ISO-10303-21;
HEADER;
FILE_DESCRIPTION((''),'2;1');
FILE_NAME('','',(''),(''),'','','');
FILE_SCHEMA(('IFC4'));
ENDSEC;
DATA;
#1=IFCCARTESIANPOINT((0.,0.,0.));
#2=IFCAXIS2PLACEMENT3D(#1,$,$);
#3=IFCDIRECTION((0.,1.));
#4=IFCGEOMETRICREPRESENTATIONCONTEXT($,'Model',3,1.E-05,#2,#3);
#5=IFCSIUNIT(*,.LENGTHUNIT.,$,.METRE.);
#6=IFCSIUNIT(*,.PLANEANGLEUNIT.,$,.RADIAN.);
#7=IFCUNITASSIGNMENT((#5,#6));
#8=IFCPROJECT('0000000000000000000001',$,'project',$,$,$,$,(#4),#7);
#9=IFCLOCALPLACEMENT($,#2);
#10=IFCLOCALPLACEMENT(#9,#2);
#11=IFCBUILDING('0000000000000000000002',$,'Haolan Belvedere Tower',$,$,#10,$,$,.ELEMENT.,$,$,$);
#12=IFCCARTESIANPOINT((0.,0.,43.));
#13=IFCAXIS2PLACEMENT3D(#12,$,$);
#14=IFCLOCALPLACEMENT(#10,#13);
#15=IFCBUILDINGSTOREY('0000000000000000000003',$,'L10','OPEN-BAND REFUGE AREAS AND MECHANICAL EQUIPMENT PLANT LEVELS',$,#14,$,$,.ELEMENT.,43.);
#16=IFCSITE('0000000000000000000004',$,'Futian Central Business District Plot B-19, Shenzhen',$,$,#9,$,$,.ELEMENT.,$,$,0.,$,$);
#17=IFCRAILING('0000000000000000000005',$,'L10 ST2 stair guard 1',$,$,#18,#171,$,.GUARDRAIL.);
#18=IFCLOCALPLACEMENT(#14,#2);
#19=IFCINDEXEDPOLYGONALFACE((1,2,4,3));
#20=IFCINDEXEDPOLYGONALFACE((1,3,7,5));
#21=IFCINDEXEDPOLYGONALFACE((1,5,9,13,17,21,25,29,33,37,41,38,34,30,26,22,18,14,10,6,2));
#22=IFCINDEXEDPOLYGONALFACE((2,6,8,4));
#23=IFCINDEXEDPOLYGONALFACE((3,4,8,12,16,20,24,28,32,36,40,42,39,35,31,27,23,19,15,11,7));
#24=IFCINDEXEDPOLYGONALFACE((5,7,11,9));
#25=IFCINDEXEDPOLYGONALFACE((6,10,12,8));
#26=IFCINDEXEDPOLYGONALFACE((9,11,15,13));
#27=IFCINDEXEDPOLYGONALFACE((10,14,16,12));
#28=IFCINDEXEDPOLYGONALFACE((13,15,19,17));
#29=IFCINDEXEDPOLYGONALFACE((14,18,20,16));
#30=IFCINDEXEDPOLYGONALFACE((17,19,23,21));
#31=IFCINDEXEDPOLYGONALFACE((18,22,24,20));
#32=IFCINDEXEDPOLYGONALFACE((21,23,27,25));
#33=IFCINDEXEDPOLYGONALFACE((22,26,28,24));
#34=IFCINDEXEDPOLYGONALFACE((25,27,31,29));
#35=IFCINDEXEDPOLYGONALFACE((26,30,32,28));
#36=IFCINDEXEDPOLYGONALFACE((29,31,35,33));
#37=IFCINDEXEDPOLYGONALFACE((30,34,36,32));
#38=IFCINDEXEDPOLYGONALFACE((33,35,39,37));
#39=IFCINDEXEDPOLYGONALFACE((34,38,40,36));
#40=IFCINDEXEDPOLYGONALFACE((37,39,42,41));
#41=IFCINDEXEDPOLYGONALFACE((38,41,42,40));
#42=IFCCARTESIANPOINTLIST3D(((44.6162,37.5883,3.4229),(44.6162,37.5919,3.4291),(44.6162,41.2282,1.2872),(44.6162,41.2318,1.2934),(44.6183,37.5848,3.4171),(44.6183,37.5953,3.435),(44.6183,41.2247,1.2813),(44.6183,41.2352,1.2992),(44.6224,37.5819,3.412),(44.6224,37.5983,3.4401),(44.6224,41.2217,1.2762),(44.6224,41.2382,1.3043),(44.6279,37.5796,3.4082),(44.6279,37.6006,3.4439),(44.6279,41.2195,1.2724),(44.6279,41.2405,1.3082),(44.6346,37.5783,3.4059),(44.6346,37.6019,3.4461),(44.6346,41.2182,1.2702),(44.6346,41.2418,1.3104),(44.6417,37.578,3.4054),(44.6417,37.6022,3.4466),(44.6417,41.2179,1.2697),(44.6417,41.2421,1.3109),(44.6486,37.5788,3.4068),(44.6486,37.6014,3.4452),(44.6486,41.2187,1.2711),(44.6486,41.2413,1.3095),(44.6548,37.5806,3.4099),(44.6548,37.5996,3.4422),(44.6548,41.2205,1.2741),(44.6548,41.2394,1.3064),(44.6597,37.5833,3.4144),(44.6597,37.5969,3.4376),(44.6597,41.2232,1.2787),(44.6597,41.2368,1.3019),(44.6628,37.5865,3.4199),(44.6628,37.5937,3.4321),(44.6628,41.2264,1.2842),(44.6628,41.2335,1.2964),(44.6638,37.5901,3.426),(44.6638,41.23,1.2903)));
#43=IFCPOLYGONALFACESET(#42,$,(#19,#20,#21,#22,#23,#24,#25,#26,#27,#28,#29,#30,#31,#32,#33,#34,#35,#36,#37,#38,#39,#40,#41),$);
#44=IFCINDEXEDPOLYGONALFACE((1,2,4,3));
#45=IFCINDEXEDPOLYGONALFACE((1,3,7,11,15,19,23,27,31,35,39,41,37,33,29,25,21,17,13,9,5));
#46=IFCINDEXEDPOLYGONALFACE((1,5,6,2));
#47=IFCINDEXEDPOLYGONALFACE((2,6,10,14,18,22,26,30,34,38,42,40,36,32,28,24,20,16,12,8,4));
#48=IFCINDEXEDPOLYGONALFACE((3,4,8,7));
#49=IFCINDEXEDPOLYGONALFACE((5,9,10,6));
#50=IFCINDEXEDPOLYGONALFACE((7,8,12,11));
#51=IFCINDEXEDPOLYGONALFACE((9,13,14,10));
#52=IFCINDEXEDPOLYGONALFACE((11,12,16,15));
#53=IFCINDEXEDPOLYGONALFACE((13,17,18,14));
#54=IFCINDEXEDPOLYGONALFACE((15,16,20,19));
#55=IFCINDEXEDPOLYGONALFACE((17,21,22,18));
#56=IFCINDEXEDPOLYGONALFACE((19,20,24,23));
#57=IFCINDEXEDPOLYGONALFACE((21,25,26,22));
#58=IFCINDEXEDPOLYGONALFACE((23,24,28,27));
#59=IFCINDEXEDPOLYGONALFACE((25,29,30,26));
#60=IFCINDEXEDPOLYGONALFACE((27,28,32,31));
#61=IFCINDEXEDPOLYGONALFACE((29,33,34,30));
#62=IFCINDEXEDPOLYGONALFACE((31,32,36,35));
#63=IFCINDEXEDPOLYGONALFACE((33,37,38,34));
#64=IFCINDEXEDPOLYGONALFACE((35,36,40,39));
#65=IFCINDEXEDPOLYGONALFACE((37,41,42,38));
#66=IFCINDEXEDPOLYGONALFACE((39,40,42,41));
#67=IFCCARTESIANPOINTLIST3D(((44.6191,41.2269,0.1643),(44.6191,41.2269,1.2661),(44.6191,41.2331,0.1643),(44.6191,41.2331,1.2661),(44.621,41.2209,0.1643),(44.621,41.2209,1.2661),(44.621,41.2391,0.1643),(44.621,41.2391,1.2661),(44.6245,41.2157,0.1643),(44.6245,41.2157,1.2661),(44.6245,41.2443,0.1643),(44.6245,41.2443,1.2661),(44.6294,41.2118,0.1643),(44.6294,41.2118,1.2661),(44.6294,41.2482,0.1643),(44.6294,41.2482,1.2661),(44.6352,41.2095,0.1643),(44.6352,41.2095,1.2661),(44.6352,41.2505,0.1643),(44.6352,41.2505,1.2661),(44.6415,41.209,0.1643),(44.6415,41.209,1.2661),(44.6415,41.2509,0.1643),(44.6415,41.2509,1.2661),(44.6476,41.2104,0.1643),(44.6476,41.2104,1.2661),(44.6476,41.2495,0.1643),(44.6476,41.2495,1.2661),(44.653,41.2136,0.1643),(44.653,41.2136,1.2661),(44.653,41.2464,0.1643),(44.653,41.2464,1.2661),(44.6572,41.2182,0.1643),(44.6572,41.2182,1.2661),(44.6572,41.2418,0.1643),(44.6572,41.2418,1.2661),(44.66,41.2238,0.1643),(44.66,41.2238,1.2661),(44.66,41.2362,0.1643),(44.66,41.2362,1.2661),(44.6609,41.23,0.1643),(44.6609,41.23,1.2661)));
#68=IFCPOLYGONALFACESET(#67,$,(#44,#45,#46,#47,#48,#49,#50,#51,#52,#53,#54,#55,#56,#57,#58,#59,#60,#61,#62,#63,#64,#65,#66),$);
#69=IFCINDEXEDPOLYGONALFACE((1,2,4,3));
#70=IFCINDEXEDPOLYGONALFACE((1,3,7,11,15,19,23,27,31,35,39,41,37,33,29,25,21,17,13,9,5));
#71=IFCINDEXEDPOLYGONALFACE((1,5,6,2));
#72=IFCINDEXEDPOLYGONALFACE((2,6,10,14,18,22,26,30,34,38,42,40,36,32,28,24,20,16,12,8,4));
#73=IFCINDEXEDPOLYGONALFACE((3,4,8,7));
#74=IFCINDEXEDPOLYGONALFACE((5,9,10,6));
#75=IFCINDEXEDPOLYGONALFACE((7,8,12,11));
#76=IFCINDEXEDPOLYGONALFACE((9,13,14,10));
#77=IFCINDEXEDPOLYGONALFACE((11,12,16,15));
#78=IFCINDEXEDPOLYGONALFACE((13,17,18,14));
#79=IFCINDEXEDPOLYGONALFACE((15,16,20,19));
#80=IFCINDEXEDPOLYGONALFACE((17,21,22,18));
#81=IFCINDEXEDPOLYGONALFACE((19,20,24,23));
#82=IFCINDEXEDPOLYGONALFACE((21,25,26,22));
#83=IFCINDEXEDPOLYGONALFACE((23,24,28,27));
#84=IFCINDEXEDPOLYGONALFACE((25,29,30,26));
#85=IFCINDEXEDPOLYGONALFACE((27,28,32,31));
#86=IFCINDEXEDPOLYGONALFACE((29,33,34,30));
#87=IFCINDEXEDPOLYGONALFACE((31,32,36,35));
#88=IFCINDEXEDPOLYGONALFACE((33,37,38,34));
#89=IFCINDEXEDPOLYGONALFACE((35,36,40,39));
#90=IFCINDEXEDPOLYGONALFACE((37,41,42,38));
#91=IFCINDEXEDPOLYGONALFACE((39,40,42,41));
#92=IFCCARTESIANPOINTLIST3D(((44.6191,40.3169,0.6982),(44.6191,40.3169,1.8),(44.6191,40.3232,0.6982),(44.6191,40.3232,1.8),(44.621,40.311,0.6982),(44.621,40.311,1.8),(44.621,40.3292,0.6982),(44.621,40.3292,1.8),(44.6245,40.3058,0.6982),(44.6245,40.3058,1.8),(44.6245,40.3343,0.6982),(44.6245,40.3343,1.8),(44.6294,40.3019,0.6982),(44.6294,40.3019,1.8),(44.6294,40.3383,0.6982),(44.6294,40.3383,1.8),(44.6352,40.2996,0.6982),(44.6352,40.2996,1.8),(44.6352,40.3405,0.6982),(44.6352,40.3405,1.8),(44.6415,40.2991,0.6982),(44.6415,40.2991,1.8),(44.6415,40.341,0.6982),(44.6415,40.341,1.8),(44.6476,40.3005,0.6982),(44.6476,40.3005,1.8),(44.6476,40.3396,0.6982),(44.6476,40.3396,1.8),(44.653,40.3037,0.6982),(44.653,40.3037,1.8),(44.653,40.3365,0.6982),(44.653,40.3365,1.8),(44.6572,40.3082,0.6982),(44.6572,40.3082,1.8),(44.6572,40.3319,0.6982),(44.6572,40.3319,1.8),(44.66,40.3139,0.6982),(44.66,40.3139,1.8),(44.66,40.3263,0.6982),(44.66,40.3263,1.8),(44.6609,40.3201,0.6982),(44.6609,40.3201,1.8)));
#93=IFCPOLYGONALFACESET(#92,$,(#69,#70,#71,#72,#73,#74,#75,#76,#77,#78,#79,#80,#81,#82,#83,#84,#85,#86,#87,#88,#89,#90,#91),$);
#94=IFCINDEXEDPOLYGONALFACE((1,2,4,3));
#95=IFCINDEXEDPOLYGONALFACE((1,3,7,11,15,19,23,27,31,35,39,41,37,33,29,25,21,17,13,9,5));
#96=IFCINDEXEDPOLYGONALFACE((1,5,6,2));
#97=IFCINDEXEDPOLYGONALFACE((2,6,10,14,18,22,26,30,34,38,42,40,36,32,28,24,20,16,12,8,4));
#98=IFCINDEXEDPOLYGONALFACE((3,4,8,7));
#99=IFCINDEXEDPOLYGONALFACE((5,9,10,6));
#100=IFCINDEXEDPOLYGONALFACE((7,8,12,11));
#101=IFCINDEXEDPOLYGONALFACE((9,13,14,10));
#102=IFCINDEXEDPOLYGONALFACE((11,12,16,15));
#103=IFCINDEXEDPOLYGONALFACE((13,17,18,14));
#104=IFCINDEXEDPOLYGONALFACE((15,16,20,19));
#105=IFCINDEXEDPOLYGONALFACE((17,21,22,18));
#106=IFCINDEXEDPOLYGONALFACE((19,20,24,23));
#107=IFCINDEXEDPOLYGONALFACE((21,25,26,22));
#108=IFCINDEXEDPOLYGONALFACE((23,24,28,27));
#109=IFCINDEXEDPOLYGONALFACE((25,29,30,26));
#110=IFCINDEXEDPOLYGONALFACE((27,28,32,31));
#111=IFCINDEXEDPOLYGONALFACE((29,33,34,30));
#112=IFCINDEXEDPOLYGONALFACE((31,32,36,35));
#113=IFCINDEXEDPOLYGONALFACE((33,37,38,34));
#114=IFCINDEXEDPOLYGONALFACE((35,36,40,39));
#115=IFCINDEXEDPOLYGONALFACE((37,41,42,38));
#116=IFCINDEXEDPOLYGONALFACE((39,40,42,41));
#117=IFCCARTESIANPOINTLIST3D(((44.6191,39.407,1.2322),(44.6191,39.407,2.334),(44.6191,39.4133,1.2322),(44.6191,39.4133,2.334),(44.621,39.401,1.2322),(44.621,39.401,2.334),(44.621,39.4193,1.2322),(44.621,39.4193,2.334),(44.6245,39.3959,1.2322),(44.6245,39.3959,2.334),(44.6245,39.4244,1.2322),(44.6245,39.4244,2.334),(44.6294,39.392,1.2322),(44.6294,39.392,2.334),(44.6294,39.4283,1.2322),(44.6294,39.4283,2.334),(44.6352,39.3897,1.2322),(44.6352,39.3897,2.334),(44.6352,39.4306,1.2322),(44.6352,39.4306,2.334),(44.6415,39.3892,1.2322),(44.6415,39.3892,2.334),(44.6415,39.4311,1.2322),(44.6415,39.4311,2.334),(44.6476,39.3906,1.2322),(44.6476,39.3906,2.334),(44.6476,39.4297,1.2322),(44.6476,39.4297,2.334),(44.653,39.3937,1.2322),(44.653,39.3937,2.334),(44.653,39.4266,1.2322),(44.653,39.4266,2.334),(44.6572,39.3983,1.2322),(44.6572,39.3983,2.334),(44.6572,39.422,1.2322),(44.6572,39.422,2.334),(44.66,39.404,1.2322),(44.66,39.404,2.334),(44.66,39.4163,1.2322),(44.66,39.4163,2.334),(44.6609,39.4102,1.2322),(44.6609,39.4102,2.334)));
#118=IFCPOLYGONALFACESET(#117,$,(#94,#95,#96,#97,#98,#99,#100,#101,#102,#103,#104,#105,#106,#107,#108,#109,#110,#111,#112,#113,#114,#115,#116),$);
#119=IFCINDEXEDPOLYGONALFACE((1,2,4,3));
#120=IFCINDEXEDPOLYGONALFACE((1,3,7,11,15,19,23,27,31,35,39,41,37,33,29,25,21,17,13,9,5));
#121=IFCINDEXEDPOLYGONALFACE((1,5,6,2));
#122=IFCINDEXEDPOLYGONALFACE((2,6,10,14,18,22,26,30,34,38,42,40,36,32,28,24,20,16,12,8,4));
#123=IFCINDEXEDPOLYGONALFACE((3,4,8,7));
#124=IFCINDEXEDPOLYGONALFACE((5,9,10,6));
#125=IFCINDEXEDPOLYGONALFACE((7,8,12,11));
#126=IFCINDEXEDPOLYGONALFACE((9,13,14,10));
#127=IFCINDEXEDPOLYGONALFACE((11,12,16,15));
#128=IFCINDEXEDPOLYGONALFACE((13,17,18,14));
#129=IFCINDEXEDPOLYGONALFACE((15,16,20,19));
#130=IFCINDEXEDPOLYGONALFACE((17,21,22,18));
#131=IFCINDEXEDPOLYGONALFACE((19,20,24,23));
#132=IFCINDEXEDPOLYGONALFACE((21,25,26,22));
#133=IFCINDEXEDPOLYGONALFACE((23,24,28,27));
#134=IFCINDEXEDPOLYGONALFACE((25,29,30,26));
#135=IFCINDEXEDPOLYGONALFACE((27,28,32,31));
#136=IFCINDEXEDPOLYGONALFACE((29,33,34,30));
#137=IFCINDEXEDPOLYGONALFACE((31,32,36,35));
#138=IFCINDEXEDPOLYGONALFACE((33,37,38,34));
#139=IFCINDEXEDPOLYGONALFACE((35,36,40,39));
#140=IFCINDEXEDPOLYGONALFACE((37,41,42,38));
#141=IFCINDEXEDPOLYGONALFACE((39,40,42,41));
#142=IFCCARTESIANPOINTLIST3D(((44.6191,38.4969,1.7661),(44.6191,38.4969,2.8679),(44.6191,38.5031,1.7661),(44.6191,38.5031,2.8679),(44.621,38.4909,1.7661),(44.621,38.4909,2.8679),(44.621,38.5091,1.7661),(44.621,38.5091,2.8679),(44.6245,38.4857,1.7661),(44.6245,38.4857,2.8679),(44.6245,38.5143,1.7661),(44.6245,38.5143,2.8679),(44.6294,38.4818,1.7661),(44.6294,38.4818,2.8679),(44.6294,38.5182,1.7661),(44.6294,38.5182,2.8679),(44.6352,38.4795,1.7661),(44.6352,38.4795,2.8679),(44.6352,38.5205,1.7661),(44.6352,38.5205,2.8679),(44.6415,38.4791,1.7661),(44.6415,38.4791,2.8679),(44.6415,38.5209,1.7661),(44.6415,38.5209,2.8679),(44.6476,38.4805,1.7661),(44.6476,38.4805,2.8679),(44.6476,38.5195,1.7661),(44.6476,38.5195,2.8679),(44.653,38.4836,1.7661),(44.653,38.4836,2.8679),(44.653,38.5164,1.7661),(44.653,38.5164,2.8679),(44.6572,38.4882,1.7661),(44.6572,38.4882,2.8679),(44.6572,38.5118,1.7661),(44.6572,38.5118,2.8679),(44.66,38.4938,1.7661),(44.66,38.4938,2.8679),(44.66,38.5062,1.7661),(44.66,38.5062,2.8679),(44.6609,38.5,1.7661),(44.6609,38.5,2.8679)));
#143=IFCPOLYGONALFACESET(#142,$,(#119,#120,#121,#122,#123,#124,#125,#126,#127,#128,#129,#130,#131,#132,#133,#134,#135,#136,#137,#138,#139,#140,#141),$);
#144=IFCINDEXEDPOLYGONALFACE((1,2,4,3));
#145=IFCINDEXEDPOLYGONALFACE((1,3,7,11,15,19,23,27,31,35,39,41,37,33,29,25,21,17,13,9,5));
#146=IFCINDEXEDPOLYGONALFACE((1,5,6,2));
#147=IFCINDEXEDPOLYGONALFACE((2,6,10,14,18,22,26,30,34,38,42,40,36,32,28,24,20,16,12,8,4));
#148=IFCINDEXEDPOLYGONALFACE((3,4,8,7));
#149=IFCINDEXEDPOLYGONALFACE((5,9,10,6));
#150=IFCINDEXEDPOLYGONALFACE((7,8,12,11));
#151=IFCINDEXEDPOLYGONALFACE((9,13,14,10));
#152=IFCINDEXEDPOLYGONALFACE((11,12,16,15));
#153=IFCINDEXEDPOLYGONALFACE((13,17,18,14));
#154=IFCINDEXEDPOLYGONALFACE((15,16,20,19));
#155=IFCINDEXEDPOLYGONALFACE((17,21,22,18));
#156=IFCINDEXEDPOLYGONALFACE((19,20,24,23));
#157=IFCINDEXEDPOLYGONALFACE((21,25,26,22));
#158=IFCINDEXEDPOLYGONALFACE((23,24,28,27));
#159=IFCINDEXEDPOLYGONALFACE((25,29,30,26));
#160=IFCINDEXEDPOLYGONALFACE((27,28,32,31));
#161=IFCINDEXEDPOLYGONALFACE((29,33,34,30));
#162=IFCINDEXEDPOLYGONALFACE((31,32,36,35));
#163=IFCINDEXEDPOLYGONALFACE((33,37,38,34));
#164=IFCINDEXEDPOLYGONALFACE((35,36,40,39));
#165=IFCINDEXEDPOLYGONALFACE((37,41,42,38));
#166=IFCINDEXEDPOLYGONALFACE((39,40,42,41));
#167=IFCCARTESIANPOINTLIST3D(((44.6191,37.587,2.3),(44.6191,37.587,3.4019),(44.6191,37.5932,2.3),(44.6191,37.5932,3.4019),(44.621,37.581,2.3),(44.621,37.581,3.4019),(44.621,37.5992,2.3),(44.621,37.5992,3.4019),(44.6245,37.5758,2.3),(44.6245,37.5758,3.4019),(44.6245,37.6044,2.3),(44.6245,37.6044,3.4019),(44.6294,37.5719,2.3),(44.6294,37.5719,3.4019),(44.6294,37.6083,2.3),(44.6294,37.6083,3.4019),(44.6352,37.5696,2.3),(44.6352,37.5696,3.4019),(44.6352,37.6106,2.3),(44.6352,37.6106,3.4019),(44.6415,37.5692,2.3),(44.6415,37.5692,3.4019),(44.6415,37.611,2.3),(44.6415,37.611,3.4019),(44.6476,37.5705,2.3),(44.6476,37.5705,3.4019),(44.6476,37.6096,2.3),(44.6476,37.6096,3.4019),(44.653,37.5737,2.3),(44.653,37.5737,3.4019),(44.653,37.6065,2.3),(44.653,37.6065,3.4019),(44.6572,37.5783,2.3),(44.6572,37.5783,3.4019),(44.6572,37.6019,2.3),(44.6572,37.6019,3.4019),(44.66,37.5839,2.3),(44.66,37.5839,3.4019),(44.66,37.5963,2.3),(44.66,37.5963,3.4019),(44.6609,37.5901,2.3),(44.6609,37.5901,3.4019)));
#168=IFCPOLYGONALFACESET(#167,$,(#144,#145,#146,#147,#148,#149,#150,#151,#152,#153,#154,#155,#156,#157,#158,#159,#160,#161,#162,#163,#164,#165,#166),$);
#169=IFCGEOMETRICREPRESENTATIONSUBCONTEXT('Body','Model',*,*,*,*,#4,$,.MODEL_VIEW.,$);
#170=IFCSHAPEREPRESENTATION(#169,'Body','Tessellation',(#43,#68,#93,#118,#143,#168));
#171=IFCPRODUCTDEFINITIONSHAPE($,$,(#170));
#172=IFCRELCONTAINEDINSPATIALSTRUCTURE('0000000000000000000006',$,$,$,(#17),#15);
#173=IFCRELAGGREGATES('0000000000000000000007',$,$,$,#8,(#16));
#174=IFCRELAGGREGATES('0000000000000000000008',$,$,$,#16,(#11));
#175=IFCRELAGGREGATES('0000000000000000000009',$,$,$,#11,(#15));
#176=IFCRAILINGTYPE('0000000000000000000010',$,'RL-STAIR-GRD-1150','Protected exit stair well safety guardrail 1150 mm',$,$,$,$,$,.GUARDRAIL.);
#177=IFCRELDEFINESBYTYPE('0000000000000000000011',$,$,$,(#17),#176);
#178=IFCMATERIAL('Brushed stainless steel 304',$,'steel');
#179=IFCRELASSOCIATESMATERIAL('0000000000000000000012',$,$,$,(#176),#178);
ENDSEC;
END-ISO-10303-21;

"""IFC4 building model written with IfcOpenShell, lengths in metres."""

from ifc_helpers import new_model, si_unit, direction, frame, origin, origin_2d, place, context, subcontext, project, spatial, circle, extrude, material, type_object, element, save


model = new_model("IFC4")

# Units and contexts
model_context = context("Model", 3, precision=1e-05, world=origin(), true_north=direction((0.0, 1.0)))
body_context = subcontext(model_context, "Body", "Model", "MODEL_VIEW")
ifc_project = project(units=[si_unit("LENGTHUNIT", "METRE"), si_unit("PLANEANGLEUNIT", "RADIAN")], contexts=[model_context])

# Site, building, storey
site_placement = place(None, origin())
site = spatial("IfcSite", under=ifc_project, at=site_placement, Name="Futian Central Business District Plot B-19, Shenzhen", CompositionType="ELEMENT", RefElevation=0.0)
building_placement = place(site_placement, origin())
building = spatial("IfcBuilding", under=site, at=building_placement, Name="Haolan Belvedere Tower", CompositionType="ELEMENT")
storey_placement = place(building_placement, frame((0.0, 0.0, 43.0)))
storey = spatial("IfcBuildingStorey", under=building, at=storey_placement, Name="L10", Description="OPEN-BAND REFUGE AREAS AND MECHANICAL EQUIPMENT PLANT LEVELS", CompositionType="ELEMENT", Elevation=43.0)

# Railing
ifc_material_1 = material(Name="Brushed stainless steel 304", Category="steel")
railing_type_1 = type_object("IfcRailingType", Name="RL-STAIR-GRD-1150", Description="Protected exit stair well safety guardrail 1150 mm", PredefinedType="GUARDRAIL", material=ifc_material_1)
railing_1_placement = place(storey_placement, frame((44.6399, 41.23, 0.1643)))
element("IfcRailing", 1, at=railing_1_placement, inside=storey, type_object=railing_type_1, Name="L10 ST2 stair guard 1", PredefinedType="GUARDRAIL", context=body_context, shape_type="SweptSolid", body=[
    extrude(circle(Radius=0.0239, at=origin_2d()), frame((0.0, 0.0, 1.126), z_axis=(0.0, -0.86249, 0.506074), x_axis=(1.0, 0.0, 0.0)), (0.0, 0.0, 1.0), 4.2202),
    extrude(circle(Radius=0.021, at=origin_2d()), origin(), (0.0, 0.0, 1.0), 1.1018),
    extrude(circle(Radius=0.021, at=origin_2d()), frame((0.0, -0.9099, 0.5339)), (0.0, 0.0, 1.0), 1.1018),
    extrude(circle(Radius=0.021, at=origin_2d()), frame((0.0, -1.8198, 1.0679)), (0.0, 0.0, 1.0), 1.1018),
    extrude(circle(Radius=0.021, at=origin_2d()), frame((0.0, -2.73, 1.6018)), (0.0, 0.0, 1.0), 1.1018),
    extrude(circle(Radius=0.021, at=origin_2d()), frame((0.0, -3.6399, 2.1357)), (0.0, 0.0, 1.0), 1.1018),
])

save(model, "model.ifc")
